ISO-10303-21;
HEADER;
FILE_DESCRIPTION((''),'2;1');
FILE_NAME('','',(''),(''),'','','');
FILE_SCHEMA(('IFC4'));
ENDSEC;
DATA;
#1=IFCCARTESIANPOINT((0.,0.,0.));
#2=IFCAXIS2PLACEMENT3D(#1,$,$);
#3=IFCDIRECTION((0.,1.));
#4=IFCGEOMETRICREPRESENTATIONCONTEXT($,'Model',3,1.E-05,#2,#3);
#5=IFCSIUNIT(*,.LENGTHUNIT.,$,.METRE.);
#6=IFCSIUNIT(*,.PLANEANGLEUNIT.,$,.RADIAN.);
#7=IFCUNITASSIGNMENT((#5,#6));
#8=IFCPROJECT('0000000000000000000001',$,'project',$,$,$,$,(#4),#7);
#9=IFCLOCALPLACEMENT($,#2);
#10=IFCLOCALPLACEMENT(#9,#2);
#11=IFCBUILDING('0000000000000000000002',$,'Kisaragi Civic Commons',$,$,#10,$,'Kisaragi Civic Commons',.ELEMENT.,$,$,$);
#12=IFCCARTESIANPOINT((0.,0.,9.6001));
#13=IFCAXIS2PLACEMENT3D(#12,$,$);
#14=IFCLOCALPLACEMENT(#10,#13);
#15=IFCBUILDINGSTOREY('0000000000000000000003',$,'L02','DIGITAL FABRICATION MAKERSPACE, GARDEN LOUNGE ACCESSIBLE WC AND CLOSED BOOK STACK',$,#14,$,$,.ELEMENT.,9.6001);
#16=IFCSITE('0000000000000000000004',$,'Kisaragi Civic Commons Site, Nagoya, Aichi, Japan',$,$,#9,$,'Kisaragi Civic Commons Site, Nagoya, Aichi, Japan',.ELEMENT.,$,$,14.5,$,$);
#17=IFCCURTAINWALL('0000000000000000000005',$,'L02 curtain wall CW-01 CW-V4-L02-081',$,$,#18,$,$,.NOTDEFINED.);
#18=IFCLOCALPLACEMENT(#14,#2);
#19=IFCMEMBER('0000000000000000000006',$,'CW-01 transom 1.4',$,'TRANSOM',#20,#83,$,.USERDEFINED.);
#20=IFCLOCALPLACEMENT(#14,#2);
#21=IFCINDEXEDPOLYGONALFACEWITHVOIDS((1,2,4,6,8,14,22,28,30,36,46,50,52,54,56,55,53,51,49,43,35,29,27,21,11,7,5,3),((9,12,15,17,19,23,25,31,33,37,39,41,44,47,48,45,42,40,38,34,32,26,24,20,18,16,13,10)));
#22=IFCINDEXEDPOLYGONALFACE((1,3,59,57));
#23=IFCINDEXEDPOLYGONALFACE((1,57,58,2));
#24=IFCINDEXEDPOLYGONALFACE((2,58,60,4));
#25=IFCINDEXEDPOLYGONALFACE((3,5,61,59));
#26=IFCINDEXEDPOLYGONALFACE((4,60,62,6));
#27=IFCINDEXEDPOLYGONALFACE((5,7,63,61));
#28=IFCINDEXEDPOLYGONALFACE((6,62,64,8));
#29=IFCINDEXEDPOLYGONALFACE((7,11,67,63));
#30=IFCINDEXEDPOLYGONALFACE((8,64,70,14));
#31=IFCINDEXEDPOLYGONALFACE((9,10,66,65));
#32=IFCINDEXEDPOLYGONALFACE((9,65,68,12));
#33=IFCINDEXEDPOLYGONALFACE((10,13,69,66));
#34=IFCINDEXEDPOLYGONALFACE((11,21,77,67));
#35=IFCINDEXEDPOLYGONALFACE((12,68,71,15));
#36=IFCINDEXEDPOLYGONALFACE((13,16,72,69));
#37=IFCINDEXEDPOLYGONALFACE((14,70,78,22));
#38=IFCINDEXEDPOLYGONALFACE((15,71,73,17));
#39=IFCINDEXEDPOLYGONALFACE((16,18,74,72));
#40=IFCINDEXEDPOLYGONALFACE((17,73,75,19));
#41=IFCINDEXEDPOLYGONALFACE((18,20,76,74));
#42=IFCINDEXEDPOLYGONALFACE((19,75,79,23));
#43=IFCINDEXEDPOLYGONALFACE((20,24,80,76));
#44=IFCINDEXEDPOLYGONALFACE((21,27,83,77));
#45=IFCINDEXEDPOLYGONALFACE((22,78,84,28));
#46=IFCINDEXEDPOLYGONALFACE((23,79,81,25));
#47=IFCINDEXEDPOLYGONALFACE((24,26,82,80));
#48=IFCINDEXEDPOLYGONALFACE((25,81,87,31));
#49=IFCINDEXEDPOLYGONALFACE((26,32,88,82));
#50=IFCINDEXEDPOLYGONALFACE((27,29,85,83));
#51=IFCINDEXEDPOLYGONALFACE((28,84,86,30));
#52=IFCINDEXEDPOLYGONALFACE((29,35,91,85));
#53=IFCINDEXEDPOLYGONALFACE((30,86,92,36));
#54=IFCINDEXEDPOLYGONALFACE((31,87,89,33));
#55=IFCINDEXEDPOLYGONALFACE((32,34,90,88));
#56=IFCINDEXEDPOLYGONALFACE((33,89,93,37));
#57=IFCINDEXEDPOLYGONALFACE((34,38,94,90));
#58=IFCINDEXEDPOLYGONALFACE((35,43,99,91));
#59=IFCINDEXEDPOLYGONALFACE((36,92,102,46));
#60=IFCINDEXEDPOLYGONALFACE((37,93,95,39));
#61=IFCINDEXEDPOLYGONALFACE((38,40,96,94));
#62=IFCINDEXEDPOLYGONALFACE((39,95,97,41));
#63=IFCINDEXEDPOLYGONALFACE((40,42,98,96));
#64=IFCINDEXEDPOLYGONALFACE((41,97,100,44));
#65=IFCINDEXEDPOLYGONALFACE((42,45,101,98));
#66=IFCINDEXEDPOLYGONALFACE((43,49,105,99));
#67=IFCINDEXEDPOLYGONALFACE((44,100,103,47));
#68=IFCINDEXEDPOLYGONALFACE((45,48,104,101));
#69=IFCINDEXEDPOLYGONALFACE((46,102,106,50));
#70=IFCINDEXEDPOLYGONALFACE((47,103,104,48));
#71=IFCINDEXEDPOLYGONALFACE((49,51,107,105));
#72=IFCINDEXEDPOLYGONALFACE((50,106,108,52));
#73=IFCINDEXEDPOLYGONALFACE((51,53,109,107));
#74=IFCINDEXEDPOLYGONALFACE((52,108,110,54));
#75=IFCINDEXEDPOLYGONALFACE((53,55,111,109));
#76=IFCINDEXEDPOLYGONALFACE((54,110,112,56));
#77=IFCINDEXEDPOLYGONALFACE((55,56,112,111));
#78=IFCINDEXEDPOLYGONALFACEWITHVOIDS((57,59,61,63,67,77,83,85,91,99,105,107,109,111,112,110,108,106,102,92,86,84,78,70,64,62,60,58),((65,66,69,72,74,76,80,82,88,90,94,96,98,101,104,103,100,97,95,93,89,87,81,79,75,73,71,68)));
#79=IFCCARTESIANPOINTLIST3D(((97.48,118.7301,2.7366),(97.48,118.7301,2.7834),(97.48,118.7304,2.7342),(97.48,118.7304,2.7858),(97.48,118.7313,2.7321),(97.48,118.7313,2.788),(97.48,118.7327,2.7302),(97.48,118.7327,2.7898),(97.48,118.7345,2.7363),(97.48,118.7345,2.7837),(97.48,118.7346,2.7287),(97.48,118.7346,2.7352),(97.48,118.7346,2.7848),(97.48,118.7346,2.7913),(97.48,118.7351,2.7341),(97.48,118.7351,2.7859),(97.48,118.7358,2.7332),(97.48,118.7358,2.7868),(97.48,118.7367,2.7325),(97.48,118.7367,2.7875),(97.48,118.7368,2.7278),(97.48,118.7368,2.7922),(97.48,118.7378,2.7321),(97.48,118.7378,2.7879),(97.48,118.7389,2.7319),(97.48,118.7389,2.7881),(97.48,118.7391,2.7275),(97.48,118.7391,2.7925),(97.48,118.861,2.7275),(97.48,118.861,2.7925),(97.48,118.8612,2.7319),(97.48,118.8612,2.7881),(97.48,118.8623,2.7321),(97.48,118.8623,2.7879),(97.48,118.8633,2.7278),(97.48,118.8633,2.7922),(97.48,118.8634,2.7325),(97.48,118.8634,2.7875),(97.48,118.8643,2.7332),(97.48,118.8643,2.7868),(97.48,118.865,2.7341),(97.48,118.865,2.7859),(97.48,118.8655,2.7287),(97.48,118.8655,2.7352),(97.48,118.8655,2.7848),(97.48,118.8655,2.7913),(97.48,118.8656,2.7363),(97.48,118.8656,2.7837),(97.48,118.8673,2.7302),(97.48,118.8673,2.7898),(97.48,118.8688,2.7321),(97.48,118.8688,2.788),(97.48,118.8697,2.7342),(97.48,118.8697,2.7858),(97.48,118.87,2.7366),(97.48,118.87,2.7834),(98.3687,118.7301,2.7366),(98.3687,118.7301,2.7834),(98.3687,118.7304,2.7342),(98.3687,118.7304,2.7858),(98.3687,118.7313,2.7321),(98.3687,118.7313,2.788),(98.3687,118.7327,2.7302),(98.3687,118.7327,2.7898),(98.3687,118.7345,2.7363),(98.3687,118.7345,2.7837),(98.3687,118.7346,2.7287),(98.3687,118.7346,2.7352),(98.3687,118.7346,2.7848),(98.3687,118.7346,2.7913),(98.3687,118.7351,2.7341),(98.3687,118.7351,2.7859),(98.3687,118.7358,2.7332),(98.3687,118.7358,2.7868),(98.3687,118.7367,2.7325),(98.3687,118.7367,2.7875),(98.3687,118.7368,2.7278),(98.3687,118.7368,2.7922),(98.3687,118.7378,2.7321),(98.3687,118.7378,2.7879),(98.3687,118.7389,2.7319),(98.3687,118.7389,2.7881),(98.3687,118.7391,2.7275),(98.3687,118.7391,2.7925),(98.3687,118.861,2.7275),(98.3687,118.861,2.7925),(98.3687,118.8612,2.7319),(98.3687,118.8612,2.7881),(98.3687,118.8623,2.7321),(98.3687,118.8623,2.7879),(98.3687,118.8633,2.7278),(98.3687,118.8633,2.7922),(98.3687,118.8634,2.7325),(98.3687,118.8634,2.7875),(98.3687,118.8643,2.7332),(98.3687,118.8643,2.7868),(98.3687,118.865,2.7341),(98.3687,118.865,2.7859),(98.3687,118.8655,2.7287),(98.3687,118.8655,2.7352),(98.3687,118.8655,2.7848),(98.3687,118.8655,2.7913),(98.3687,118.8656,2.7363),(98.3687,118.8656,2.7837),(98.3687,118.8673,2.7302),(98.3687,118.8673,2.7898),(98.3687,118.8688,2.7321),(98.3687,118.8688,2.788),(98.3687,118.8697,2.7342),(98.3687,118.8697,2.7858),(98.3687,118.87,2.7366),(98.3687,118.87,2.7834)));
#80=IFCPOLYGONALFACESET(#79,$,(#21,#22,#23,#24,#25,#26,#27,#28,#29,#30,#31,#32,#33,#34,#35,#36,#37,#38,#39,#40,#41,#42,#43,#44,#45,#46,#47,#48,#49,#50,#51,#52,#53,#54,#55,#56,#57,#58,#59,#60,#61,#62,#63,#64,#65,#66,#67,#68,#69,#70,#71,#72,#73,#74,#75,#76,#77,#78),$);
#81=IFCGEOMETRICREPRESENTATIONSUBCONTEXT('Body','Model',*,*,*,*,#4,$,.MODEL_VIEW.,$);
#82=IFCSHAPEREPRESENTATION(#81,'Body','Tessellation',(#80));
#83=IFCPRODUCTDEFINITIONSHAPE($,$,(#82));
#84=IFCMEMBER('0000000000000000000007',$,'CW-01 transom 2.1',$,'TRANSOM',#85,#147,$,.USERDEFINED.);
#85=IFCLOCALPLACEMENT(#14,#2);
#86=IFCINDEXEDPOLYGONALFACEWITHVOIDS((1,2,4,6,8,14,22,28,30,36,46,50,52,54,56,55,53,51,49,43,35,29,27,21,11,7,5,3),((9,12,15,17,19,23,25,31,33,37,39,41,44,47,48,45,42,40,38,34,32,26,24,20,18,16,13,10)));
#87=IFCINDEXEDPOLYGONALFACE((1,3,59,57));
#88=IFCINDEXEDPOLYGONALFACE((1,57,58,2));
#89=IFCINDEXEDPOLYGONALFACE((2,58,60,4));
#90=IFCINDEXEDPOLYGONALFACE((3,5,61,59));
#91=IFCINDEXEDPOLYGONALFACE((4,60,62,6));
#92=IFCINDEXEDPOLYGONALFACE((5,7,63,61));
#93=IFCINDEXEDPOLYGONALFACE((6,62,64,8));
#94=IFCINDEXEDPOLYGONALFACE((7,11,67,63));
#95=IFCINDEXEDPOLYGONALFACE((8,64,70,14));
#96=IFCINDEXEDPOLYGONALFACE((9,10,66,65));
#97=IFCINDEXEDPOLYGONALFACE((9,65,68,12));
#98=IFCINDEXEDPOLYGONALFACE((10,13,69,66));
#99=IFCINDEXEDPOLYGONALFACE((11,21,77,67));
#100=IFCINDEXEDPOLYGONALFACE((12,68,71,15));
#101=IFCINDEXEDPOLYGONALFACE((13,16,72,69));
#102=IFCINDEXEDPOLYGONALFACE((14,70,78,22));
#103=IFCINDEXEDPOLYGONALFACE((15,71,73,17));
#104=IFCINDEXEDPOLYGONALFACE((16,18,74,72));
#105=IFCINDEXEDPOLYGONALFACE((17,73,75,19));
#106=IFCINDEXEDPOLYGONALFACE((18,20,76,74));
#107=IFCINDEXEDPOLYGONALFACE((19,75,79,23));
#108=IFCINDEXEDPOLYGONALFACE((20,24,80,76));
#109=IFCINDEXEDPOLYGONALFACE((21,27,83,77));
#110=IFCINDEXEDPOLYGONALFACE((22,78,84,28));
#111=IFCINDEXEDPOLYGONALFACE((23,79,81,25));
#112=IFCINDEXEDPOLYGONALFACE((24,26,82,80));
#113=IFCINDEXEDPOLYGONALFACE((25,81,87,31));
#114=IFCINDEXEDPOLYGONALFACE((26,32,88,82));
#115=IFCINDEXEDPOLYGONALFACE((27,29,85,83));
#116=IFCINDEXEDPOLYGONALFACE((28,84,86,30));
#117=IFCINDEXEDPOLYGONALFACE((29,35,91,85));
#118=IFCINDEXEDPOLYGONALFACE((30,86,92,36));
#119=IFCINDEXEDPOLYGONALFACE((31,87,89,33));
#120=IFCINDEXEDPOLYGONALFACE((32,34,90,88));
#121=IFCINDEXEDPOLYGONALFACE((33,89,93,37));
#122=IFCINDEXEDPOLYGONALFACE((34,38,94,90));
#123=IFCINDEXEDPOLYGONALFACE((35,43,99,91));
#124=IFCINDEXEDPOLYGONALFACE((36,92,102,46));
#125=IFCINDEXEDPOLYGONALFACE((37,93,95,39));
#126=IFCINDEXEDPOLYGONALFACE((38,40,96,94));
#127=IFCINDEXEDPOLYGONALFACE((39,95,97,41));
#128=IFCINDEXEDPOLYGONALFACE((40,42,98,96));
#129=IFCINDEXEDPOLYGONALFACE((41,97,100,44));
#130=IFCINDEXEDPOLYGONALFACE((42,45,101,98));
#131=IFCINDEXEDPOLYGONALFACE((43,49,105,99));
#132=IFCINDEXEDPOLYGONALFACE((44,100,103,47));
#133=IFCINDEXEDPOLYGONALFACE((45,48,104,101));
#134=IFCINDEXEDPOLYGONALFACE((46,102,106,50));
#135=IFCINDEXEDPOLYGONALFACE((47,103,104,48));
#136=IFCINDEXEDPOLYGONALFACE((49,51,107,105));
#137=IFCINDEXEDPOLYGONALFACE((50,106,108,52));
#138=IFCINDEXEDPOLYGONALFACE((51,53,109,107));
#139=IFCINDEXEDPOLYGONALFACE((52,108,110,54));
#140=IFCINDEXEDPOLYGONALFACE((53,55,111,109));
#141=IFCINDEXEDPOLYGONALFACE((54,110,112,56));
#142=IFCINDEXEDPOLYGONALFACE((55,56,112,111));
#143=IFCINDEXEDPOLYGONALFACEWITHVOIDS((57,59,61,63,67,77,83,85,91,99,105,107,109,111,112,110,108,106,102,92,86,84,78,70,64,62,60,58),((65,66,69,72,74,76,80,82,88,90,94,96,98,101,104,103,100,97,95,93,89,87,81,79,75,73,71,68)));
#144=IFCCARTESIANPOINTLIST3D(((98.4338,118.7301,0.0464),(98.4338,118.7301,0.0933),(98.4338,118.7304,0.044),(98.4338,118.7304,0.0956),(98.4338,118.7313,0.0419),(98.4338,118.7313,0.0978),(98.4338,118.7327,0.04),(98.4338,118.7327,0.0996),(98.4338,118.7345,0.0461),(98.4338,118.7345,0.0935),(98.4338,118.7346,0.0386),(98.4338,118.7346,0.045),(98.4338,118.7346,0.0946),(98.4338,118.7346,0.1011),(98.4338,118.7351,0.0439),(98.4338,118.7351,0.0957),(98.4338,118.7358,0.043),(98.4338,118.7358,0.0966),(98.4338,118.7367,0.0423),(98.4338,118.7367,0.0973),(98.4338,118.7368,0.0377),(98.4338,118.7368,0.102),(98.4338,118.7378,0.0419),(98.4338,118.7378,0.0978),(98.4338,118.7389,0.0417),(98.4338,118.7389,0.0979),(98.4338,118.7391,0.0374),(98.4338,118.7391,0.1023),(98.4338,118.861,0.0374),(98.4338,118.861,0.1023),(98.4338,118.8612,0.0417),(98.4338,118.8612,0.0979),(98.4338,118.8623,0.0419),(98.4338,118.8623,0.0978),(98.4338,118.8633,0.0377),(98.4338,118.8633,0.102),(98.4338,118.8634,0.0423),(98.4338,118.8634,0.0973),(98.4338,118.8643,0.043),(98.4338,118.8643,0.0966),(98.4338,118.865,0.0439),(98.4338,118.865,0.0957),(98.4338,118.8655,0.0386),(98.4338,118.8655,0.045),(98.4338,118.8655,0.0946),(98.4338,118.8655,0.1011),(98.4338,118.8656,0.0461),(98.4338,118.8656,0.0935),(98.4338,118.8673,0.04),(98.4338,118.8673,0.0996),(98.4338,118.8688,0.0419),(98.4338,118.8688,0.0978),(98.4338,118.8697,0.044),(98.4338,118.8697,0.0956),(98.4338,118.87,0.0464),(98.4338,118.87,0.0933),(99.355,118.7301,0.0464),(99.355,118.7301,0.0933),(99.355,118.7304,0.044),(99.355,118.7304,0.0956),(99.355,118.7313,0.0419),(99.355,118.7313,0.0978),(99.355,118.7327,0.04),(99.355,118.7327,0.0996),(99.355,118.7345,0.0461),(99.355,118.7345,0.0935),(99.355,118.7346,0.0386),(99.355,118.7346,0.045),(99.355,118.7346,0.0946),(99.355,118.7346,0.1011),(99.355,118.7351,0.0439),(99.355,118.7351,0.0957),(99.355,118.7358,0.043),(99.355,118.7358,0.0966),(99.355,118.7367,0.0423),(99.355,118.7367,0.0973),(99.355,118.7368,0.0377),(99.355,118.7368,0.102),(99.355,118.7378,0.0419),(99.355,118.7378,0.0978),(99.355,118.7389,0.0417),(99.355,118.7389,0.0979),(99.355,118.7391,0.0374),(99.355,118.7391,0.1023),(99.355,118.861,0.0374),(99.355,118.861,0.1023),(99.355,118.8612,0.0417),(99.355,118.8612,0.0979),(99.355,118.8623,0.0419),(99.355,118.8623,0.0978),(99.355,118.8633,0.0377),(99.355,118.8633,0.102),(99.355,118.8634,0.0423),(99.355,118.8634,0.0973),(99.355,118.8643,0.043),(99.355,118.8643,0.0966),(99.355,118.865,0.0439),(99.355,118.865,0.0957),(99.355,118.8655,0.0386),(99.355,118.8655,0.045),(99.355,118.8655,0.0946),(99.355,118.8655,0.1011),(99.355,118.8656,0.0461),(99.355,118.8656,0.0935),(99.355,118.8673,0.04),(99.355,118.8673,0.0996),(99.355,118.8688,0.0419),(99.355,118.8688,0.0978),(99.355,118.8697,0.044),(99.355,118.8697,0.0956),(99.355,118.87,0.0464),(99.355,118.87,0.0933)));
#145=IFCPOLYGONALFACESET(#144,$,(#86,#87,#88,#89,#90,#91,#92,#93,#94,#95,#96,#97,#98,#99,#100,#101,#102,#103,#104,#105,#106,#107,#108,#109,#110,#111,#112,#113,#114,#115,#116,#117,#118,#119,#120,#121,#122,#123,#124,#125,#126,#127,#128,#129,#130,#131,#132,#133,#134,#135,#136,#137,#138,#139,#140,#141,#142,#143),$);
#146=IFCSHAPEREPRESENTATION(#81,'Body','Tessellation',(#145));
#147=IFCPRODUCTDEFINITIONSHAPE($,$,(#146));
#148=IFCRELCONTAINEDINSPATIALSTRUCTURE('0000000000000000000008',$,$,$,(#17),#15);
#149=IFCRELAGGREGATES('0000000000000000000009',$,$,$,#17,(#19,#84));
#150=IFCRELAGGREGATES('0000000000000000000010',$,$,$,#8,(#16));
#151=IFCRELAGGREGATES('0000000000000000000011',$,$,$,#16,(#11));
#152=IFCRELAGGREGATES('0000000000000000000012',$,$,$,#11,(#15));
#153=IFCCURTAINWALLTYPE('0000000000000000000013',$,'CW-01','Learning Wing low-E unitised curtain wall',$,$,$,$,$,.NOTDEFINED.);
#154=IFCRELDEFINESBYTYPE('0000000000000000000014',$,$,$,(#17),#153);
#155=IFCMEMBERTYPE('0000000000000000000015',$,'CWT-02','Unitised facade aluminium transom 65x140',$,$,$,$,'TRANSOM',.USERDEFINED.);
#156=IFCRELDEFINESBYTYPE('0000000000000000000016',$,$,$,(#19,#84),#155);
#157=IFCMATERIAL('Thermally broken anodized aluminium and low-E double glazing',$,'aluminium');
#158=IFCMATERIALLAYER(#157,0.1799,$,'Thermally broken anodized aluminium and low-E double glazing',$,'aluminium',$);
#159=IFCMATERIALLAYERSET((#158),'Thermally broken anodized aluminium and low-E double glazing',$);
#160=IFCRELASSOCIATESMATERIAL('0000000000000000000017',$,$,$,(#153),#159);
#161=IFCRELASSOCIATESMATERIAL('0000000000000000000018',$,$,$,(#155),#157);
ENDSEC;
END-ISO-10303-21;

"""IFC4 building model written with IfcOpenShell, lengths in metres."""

from ifc_helpers import new_model, si_unit, direction, frame, origin, origin_2d, place, context, subcontext, project, spatial, hollow_rectangle, extrude, material, layer, layer_set, material_profile, profile_set, type_object, element, aggregate, save


model = new_model("IFC4")

# Units and contexts
model_context = context("Model", 3, precision=1e-05, world=origin(), true_north=direction((0.0, 1.0)))
body_context = subcontext(model_context, "Body", "Model", "MODEL_VIEW")
ifc_project = project(units=[si_unit("LENGTHUNIT", "METRE"), si_unit("PLANEANGLEUNIT", "RADIAN")], contexts=[model_context])

# Site, building, storey
site_placement = place(None, origin())
site = spatial("IfcSite", under=ifc_project, at=site_placement, Name="Kisaragi Civic Commons Site, Nagoya, Aichi, Japan", LongName="Kisaragi Civic Commons Site, Nagoya, Aichi, Japan", CompositionType="ELEMENT", RefElevation=14.5)
building_placement = place(site_placement, origin())
building = spatial("IfcBuilding", under=site, at=building_placement, Name="Kisaragi Civic Commons", LongName="Kisaragi Civic Commons", CompositionType="ELEMENT")
storey_placement = place(building_placement, frame((0.0, 0.0, 9.6001)))
storey = spatial("IfcBuildingStorey", under=building, at=storey_placement, Name="L02", Description="DIGITAL FABRICATION MAKERSPACE, GARDEN LOUNGE ACCESSIBLE WC AND CLOSED BOOK STACK", CompositionType="ELEMENT", Elevation=9.6001)

# Curtain wall, members
ifc_material_1 = material(Name="Thermally broken anodized aluminium and low-E double glazing", Category="aluminium")
ifc_layer_1 = layer(ifc_material_1, 0.1799, Name="Thermally broken anodized aluminium and low-E double glazing", Category="aluminium")
ifc_layer_set_1 = layer_set([ifc_layer_1], Name="Thermally broken anodized aluminium and low-E double glazing")
curtain_wall_type = type_object("IfcCurtainWallType", Name="CW-01", Description="Learning Wing low-E unitised curtain wall", PredefinedType="NOTDEFINED", material=ifc_layer_set_1)
curtain_wall_placement = place(storey_placement, origin())
curtain_wall = element("IfcCurtainWall", 1, at=curtain_wall_placement, inside=storey, type_object=curtain_wall_type, Name="L02 curtain wall CW-01 CW-V4-L02-081", PredefinedType="NOTDEFINED")
ifc_material_profile_1 = material_profile(ifc_material_1, hollow_rectangle(XDim=0.1399, YDim=0.0649, WallThickness=0.0044, InnerFilletRadius=0.0044, OuterFilletRadius=0.009, at=origin_2d()), Name="CWT-65x140x4.5", Category="aluminium")
ifc_profile_set_1 = profile_set([ifc_material_profile_1], Name="Thermally broken anodized aluminium and low-E double glazing")
member_type_1 = type_object("IfcMemberType", Name="CWT-02", Description="Unitised facade aluminium transom 65x140", ElementType="TRANSOM", PredefinedType="USERDEFINED", material=ifc_profile_set_1)
member_1_placement = place(storey_placement, frame((97.48, 118.8, 2.76), z_axis=(1.0, 0.0, 0.0), x_axis=(0.0, 1.0, 0.0)))
member_1 = element("IfcMember", 2, at=member_1_placement, type_object=member_type_1, Name="CW-01 transom 1.4", ObjectType="TRANSOM", PredefinedType="USERDEFINED", context=body_context, shape_type="SweptSolid", body=[
    extrude(hollow_rectangle(XDim=0.1399, YDim=0.0649, WallThickness=0.0044, InnerFilletRadius=0.0044, OuterFilletRadius=0.009, at=origin_2d()), origin(), (0.0, 0.0, 1.0), 0.8887),
])
member_2_placement = place(storey_placement, frame((98.4338, 118.8, 0.0698), z_axis=(1.0, 0.0, 0.0), x_axis=(0.0, 1.0, 0.0)))
member_2 = element("IfcMember", 3, at=member_2_placement, type_object=member_type_1, Name="CW-01 transom 2.1", ObjectType="TRANSOM", PredefinedType="USERDEFINED", context=body_context, shape_type="SweptSolid", body=[
    extrude(hollow_rectangle(XDim=0.1399, YDim=0.0649, WallThickness=0.0044, InnerFilletRadius=0.0044, OuterFilletRadius=0.009, at=origin_2d()), origin(), (0.0, 0.0, 1.0), 0.9211),
])

aggregate(curtain_wall, [member_1, member_2])

save(model, "model.ifc")
